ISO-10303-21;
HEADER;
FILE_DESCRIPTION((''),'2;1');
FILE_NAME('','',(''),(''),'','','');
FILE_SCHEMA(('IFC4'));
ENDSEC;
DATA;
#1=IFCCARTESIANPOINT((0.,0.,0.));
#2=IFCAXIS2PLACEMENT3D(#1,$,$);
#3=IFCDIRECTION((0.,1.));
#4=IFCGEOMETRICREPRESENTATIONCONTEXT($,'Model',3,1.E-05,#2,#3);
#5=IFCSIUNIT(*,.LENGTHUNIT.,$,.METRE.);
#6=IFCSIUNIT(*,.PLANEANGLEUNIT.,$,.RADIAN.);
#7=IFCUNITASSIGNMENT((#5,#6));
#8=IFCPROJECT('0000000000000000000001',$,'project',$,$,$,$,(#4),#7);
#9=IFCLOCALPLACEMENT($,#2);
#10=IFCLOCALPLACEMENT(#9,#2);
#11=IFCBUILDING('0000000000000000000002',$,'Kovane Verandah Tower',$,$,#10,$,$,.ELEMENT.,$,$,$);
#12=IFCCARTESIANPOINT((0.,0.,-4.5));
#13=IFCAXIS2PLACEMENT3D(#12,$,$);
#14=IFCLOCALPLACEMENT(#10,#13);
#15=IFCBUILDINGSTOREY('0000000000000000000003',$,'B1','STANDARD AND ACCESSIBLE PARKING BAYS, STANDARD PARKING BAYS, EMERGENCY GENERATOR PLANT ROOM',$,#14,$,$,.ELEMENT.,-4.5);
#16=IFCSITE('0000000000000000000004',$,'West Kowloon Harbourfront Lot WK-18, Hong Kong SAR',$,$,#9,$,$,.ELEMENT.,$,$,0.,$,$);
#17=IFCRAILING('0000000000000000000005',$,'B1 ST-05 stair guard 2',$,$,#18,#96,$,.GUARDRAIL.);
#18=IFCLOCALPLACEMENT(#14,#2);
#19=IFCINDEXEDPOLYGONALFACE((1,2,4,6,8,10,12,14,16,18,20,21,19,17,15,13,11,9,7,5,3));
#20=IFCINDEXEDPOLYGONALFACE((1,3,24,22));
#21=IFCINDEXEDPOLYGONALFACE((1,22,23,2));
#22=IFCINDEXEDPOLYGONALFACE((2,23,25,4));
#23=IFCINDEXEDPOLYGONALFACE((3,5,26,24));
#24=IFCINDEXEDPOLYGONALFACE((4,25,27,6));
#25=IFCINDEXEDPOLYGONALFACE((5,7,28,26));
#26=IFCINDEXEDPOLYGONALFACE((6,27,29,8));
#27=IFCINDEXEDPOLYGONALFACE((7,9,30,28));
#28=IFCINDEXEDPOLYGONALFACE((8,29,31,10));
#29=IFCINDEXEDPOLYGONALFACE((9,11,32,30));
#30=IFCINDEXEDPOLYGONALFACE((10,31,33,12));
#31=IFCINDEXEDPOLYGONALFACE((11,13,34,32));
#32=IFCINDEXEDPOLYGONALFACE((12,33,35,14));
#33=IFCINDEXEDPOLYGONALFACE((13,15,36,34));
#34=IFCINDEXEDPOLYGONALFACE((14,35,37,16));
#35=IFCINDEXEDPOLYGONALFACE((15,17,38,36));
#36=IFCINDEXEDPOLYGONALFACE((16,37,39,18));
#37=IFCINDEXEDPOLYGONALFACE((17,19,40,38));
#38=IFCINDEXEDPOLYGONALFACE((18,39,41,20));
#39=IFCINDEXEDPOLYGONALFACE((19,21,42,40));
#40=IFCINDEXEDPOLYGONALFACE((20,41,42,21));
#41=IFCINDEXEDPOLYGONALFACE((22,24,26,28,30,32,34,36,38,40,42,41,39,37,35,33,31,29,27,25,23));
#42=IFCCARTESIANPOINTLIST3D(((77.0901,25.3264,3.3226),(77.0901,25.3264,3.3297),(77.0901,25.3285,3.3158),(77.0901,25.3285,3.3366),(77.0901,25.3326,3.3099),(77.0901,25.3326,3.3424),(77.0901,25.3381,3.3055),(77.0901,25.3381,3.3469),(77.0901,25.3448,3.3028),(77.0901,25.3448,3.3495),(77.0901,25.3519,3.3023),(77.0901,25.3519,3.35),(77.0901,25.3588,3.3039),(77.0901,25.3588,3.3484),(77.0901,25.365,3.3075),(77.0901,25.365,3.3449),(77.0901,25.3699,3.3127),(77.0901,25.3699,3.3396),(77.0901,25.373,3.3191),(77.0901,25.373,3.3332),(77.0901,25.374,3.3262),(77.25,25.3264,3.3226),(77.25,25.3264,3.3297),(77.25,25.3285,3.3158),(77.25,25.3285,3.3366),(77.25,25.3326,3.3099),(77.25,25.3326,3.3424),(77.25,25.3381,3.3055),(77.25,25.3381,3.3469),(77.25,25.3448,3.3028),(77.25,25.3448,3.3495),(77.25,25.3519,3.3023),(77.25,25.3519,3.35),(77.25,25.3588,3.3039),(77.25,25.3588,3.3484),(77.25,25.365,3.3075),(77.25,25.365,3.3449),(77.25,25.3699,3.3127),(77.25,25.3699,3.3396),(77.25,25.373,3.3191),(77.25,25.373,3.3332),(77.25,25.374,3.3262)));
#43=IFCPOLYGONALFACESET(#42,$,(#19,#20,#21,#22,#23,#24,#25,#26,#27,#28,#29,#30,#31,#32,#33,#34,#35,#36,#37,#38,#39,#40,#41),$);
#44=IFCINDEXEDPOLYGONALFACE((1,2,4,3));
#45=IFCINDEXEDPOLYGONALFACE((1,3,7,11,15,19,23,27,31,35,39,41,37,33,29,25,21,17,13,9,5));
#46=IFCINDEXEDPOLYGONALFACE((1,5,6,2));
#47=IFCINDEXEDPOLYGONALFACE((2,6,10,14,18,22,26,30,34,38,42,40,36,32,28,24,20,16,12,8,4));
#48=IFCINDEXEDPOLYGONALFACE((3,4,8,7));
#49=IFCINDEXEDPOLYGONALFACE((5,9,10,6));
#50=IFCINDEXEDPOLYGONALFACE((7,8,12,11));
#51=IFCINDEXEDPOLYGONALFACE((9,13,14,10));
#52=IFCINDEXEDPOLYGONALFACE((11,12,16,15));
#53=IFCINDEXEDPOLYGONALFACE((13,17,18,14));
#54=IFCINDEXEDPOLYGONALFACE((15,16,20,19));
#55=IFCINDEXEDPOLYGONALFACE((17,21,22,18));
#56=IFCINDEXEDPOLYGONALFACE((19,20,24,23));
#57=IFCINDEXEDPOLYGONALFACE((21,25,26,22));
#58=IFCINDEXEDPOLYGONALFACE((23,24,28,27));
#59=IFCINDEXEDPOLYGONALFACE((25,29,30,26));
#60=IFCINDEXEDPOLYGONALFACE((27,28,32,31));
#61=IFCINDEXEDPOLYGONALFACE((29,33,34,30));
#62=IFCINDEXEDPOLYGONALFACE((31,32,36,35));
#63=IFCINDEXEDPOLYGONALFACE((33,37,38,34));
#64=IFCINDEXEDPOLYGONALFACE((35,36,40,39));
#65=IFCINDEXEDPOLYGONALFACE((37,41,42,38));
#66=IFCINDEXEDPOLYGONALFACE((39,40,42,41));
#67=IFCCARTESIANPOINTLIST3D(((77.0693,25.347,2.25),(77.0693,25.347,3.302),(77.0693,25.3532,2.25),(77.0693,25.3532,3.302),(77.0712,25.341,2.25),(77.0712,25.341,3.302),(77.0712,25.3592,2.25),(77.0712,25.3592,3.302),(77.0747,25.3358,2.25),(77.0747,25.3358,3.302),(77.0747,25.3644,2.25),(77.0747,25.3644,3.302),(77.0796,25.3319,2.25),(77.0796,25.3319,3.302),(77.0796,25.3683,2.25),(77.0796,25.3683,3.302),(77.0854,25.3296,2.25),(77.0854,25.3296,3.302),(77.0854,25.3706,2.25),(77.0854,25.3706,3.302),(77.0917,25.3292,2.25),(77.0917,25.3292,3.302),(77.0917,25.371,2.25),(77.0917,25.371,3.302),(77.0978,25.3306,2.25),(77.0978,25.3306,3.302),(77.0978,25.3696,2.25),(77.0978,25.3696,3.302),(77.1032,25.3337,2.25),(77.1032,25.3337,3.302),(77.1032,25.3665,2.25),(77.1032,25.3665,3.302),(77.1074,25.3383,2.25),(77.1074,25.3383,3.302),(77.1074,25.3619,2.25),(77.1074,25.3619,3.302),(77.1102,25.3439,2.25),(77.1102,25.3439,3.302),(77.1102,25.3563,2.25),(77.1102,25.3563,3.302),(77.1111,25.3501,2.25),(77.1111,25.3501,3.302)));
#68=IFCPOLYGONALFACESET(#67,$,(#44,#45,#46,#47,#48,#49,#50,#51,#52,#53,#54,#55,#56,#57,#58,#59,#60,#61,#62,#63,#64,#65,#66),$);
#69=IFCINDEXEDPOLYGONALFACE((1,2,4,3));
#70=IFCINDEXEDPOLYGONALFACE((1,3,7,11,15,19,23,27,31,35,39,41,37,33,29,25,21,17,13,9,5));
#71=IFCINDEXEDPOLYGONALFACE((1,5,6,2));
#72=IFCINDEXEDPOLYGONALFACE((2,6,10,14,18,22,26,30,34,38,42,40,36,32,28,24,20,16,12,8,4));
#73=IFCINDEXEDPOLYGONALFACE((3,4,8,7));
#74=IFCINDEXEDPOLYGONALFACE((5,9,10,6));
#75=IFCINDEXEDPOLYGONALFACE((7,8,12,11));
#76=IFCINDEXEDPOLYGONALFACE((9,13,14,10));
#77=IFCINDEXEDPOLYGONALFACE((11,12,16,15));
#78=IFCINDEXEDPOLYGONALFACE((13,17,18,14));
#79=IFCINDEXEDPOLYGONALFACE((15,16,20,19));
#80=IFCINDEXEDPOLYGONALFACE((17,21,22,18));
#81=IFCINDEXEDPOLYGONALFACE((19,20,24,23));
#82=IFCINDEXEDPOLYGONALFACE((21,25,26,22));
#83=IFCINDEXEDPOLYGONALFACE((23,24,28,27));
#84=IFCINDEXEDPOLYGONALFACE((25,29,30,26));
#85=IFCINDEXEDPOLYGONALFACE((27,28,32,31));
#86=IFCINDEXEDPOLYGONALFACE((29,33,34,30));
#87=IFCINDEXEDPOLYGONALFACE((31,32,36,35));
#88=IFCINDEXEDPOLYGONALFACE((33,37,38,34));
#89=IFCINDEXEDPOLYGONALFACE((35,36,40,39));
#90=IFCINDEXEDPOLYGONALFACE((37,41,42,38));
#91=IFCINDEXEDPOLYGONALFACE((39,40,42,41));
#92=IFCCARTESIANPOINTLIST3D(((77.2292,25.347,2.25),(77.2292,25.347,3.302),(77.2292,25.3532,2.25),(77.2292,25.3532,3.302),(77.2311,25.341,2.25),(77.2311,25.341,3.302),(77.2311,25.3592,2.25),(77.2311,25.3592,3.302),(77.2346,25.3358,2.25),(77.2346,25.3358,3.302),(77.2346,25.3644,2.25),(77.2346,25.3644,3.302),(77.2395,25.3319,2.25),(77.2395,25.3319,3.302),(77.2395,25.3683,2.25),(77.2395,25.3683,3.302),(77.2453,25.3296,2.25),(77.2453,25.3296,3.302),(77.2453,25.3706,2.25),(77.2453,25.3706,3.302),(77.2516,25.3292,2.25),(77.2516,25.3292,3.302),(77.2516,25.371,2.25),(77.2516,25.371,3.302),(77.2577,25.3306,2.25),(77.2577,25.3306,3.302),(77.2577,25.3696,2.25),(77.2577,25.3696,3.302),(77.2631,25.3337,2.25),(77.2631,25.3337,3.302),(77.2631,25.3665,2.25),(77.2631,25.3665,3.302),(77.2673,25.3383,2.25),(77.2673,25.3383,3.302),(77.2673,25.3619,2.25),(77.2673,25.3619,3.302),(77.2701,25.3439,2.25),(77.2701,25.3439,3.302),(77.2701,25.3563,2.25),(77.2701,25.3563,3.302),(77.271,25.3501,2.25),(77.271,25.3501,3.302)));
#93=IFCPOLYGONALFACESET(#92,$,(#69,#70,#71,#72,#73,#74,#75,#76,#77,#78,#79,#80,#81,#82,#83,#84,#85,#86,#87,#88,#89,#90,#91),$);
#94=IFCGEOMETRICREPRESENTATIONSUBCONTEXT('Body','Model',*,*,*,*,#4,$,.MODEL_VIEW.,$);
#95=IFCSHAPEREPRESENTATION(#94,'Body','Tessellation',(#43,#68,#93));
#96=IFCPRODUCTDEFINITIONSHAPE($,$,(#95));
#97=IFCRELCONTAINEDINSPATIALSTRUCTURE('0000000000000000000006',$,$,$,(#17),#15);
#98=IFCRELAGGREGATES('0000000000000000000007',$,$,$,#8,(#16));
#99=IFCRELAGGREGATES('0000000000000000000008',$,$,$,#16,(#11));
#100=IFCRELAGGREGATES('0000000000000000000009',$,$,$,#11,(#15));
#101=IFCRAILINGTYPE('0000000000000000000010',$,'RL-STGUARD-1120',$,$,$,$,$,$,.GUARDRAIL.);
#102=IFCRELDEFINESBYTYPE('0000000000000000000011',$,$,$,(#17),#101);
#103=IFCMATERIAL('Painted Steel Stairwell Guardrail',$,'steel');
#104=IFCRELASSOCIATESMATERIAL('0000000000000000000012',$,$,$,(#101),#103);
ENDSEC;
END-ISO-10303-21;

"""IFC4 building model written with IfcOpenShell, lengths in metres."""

from ifc_helpers import new_model, si_unit, direction, frame, origin, origin_2d, place, context, subcontext, project, spatial, circle, extrude, material, type_object, element, save


model = new_model("IFC4")

# Units and contexts
model_context = context("Model", 3, precision=1e-05, world=origin(), true_north=direction((0.0, 1.0)))
body_context = subcontext(model_context, "Body", "Model", "MODEL_VIEW")
ifc_project = project(units=[si_unit("LENGTHUNIT", "METRE"), si_unit("PLANEANGLEUNIT", "RADIAN")], contexts=[model_context])

# Site, building, storey
site_placement = place(None, origin())
site = spatial("IfcSite", under=ifc_project, at=site_placement, Name="West Kowloon Harbourfront Lot WK-18, Hong Kong SAR", CompositionType="ELEMENT", RefElevation=0.0)
building_placement = place(site_placement, origin())
building = spatial("IfcBuilding", under=site, at=building_placement, Name="Kovane Verandah Tower", CompositionType="ELEMENT")
storey_placement = place(building_placement, frame((0.0, 0.0, -4.5)))
storey = spatial("IfcBuildingStorey", under=building, at=storey_placement, Name="B1", Description="STANDARD AND ACCESSIBLE PARKING BAYS, STANDARD PARKING BAYS, EMERGENCY GENERATOR PLANT ROOM", CompositionType="ELEMENT", Elevation=-4.5)

# Railing
ifc_material_1 = material(Name="Painted Steel Stairwell Guardrail", Category="steel")
railing_type_1 = type_object("IfcRailingType", Name="RL-STGUARD-1120", PredefinedType="GUARDRAIL", material=ifc_material_1)
railing_1_placement = place(storey_placement, frame((77.0901, 25.3501, 2.25)))
element("IfcRailing", 1, at=railing_1_placement, inside=storey, type_object=railing_type_1, Name="B1 ST-05 stair guard 2", PredefinedType="GUARDRAIL", context=body_context, shape_type="SweptSolid", body=[
    extrude(circle(Radius=0.0239, at=origin_2d()), frame((0.0, 0.0, 1.0762), z_axis=(1.0, 0.0, 0.0), x_axis=(0.0, 1.0, 0.0)), (0.0, 0.0, 1.0), 0.1599),
    extrude(circle(Radius=0.021, at=origin_2d()), origin(), (0.0, 0.0, 1.0), 1.052),
    extrude(circle(Radius=0.021, at=origin_2d()), frame((0.1599, 0.0, 0.0)), (0.0, 0.0, 1.0), 1.052),
])

save(model, "model.ifc")
